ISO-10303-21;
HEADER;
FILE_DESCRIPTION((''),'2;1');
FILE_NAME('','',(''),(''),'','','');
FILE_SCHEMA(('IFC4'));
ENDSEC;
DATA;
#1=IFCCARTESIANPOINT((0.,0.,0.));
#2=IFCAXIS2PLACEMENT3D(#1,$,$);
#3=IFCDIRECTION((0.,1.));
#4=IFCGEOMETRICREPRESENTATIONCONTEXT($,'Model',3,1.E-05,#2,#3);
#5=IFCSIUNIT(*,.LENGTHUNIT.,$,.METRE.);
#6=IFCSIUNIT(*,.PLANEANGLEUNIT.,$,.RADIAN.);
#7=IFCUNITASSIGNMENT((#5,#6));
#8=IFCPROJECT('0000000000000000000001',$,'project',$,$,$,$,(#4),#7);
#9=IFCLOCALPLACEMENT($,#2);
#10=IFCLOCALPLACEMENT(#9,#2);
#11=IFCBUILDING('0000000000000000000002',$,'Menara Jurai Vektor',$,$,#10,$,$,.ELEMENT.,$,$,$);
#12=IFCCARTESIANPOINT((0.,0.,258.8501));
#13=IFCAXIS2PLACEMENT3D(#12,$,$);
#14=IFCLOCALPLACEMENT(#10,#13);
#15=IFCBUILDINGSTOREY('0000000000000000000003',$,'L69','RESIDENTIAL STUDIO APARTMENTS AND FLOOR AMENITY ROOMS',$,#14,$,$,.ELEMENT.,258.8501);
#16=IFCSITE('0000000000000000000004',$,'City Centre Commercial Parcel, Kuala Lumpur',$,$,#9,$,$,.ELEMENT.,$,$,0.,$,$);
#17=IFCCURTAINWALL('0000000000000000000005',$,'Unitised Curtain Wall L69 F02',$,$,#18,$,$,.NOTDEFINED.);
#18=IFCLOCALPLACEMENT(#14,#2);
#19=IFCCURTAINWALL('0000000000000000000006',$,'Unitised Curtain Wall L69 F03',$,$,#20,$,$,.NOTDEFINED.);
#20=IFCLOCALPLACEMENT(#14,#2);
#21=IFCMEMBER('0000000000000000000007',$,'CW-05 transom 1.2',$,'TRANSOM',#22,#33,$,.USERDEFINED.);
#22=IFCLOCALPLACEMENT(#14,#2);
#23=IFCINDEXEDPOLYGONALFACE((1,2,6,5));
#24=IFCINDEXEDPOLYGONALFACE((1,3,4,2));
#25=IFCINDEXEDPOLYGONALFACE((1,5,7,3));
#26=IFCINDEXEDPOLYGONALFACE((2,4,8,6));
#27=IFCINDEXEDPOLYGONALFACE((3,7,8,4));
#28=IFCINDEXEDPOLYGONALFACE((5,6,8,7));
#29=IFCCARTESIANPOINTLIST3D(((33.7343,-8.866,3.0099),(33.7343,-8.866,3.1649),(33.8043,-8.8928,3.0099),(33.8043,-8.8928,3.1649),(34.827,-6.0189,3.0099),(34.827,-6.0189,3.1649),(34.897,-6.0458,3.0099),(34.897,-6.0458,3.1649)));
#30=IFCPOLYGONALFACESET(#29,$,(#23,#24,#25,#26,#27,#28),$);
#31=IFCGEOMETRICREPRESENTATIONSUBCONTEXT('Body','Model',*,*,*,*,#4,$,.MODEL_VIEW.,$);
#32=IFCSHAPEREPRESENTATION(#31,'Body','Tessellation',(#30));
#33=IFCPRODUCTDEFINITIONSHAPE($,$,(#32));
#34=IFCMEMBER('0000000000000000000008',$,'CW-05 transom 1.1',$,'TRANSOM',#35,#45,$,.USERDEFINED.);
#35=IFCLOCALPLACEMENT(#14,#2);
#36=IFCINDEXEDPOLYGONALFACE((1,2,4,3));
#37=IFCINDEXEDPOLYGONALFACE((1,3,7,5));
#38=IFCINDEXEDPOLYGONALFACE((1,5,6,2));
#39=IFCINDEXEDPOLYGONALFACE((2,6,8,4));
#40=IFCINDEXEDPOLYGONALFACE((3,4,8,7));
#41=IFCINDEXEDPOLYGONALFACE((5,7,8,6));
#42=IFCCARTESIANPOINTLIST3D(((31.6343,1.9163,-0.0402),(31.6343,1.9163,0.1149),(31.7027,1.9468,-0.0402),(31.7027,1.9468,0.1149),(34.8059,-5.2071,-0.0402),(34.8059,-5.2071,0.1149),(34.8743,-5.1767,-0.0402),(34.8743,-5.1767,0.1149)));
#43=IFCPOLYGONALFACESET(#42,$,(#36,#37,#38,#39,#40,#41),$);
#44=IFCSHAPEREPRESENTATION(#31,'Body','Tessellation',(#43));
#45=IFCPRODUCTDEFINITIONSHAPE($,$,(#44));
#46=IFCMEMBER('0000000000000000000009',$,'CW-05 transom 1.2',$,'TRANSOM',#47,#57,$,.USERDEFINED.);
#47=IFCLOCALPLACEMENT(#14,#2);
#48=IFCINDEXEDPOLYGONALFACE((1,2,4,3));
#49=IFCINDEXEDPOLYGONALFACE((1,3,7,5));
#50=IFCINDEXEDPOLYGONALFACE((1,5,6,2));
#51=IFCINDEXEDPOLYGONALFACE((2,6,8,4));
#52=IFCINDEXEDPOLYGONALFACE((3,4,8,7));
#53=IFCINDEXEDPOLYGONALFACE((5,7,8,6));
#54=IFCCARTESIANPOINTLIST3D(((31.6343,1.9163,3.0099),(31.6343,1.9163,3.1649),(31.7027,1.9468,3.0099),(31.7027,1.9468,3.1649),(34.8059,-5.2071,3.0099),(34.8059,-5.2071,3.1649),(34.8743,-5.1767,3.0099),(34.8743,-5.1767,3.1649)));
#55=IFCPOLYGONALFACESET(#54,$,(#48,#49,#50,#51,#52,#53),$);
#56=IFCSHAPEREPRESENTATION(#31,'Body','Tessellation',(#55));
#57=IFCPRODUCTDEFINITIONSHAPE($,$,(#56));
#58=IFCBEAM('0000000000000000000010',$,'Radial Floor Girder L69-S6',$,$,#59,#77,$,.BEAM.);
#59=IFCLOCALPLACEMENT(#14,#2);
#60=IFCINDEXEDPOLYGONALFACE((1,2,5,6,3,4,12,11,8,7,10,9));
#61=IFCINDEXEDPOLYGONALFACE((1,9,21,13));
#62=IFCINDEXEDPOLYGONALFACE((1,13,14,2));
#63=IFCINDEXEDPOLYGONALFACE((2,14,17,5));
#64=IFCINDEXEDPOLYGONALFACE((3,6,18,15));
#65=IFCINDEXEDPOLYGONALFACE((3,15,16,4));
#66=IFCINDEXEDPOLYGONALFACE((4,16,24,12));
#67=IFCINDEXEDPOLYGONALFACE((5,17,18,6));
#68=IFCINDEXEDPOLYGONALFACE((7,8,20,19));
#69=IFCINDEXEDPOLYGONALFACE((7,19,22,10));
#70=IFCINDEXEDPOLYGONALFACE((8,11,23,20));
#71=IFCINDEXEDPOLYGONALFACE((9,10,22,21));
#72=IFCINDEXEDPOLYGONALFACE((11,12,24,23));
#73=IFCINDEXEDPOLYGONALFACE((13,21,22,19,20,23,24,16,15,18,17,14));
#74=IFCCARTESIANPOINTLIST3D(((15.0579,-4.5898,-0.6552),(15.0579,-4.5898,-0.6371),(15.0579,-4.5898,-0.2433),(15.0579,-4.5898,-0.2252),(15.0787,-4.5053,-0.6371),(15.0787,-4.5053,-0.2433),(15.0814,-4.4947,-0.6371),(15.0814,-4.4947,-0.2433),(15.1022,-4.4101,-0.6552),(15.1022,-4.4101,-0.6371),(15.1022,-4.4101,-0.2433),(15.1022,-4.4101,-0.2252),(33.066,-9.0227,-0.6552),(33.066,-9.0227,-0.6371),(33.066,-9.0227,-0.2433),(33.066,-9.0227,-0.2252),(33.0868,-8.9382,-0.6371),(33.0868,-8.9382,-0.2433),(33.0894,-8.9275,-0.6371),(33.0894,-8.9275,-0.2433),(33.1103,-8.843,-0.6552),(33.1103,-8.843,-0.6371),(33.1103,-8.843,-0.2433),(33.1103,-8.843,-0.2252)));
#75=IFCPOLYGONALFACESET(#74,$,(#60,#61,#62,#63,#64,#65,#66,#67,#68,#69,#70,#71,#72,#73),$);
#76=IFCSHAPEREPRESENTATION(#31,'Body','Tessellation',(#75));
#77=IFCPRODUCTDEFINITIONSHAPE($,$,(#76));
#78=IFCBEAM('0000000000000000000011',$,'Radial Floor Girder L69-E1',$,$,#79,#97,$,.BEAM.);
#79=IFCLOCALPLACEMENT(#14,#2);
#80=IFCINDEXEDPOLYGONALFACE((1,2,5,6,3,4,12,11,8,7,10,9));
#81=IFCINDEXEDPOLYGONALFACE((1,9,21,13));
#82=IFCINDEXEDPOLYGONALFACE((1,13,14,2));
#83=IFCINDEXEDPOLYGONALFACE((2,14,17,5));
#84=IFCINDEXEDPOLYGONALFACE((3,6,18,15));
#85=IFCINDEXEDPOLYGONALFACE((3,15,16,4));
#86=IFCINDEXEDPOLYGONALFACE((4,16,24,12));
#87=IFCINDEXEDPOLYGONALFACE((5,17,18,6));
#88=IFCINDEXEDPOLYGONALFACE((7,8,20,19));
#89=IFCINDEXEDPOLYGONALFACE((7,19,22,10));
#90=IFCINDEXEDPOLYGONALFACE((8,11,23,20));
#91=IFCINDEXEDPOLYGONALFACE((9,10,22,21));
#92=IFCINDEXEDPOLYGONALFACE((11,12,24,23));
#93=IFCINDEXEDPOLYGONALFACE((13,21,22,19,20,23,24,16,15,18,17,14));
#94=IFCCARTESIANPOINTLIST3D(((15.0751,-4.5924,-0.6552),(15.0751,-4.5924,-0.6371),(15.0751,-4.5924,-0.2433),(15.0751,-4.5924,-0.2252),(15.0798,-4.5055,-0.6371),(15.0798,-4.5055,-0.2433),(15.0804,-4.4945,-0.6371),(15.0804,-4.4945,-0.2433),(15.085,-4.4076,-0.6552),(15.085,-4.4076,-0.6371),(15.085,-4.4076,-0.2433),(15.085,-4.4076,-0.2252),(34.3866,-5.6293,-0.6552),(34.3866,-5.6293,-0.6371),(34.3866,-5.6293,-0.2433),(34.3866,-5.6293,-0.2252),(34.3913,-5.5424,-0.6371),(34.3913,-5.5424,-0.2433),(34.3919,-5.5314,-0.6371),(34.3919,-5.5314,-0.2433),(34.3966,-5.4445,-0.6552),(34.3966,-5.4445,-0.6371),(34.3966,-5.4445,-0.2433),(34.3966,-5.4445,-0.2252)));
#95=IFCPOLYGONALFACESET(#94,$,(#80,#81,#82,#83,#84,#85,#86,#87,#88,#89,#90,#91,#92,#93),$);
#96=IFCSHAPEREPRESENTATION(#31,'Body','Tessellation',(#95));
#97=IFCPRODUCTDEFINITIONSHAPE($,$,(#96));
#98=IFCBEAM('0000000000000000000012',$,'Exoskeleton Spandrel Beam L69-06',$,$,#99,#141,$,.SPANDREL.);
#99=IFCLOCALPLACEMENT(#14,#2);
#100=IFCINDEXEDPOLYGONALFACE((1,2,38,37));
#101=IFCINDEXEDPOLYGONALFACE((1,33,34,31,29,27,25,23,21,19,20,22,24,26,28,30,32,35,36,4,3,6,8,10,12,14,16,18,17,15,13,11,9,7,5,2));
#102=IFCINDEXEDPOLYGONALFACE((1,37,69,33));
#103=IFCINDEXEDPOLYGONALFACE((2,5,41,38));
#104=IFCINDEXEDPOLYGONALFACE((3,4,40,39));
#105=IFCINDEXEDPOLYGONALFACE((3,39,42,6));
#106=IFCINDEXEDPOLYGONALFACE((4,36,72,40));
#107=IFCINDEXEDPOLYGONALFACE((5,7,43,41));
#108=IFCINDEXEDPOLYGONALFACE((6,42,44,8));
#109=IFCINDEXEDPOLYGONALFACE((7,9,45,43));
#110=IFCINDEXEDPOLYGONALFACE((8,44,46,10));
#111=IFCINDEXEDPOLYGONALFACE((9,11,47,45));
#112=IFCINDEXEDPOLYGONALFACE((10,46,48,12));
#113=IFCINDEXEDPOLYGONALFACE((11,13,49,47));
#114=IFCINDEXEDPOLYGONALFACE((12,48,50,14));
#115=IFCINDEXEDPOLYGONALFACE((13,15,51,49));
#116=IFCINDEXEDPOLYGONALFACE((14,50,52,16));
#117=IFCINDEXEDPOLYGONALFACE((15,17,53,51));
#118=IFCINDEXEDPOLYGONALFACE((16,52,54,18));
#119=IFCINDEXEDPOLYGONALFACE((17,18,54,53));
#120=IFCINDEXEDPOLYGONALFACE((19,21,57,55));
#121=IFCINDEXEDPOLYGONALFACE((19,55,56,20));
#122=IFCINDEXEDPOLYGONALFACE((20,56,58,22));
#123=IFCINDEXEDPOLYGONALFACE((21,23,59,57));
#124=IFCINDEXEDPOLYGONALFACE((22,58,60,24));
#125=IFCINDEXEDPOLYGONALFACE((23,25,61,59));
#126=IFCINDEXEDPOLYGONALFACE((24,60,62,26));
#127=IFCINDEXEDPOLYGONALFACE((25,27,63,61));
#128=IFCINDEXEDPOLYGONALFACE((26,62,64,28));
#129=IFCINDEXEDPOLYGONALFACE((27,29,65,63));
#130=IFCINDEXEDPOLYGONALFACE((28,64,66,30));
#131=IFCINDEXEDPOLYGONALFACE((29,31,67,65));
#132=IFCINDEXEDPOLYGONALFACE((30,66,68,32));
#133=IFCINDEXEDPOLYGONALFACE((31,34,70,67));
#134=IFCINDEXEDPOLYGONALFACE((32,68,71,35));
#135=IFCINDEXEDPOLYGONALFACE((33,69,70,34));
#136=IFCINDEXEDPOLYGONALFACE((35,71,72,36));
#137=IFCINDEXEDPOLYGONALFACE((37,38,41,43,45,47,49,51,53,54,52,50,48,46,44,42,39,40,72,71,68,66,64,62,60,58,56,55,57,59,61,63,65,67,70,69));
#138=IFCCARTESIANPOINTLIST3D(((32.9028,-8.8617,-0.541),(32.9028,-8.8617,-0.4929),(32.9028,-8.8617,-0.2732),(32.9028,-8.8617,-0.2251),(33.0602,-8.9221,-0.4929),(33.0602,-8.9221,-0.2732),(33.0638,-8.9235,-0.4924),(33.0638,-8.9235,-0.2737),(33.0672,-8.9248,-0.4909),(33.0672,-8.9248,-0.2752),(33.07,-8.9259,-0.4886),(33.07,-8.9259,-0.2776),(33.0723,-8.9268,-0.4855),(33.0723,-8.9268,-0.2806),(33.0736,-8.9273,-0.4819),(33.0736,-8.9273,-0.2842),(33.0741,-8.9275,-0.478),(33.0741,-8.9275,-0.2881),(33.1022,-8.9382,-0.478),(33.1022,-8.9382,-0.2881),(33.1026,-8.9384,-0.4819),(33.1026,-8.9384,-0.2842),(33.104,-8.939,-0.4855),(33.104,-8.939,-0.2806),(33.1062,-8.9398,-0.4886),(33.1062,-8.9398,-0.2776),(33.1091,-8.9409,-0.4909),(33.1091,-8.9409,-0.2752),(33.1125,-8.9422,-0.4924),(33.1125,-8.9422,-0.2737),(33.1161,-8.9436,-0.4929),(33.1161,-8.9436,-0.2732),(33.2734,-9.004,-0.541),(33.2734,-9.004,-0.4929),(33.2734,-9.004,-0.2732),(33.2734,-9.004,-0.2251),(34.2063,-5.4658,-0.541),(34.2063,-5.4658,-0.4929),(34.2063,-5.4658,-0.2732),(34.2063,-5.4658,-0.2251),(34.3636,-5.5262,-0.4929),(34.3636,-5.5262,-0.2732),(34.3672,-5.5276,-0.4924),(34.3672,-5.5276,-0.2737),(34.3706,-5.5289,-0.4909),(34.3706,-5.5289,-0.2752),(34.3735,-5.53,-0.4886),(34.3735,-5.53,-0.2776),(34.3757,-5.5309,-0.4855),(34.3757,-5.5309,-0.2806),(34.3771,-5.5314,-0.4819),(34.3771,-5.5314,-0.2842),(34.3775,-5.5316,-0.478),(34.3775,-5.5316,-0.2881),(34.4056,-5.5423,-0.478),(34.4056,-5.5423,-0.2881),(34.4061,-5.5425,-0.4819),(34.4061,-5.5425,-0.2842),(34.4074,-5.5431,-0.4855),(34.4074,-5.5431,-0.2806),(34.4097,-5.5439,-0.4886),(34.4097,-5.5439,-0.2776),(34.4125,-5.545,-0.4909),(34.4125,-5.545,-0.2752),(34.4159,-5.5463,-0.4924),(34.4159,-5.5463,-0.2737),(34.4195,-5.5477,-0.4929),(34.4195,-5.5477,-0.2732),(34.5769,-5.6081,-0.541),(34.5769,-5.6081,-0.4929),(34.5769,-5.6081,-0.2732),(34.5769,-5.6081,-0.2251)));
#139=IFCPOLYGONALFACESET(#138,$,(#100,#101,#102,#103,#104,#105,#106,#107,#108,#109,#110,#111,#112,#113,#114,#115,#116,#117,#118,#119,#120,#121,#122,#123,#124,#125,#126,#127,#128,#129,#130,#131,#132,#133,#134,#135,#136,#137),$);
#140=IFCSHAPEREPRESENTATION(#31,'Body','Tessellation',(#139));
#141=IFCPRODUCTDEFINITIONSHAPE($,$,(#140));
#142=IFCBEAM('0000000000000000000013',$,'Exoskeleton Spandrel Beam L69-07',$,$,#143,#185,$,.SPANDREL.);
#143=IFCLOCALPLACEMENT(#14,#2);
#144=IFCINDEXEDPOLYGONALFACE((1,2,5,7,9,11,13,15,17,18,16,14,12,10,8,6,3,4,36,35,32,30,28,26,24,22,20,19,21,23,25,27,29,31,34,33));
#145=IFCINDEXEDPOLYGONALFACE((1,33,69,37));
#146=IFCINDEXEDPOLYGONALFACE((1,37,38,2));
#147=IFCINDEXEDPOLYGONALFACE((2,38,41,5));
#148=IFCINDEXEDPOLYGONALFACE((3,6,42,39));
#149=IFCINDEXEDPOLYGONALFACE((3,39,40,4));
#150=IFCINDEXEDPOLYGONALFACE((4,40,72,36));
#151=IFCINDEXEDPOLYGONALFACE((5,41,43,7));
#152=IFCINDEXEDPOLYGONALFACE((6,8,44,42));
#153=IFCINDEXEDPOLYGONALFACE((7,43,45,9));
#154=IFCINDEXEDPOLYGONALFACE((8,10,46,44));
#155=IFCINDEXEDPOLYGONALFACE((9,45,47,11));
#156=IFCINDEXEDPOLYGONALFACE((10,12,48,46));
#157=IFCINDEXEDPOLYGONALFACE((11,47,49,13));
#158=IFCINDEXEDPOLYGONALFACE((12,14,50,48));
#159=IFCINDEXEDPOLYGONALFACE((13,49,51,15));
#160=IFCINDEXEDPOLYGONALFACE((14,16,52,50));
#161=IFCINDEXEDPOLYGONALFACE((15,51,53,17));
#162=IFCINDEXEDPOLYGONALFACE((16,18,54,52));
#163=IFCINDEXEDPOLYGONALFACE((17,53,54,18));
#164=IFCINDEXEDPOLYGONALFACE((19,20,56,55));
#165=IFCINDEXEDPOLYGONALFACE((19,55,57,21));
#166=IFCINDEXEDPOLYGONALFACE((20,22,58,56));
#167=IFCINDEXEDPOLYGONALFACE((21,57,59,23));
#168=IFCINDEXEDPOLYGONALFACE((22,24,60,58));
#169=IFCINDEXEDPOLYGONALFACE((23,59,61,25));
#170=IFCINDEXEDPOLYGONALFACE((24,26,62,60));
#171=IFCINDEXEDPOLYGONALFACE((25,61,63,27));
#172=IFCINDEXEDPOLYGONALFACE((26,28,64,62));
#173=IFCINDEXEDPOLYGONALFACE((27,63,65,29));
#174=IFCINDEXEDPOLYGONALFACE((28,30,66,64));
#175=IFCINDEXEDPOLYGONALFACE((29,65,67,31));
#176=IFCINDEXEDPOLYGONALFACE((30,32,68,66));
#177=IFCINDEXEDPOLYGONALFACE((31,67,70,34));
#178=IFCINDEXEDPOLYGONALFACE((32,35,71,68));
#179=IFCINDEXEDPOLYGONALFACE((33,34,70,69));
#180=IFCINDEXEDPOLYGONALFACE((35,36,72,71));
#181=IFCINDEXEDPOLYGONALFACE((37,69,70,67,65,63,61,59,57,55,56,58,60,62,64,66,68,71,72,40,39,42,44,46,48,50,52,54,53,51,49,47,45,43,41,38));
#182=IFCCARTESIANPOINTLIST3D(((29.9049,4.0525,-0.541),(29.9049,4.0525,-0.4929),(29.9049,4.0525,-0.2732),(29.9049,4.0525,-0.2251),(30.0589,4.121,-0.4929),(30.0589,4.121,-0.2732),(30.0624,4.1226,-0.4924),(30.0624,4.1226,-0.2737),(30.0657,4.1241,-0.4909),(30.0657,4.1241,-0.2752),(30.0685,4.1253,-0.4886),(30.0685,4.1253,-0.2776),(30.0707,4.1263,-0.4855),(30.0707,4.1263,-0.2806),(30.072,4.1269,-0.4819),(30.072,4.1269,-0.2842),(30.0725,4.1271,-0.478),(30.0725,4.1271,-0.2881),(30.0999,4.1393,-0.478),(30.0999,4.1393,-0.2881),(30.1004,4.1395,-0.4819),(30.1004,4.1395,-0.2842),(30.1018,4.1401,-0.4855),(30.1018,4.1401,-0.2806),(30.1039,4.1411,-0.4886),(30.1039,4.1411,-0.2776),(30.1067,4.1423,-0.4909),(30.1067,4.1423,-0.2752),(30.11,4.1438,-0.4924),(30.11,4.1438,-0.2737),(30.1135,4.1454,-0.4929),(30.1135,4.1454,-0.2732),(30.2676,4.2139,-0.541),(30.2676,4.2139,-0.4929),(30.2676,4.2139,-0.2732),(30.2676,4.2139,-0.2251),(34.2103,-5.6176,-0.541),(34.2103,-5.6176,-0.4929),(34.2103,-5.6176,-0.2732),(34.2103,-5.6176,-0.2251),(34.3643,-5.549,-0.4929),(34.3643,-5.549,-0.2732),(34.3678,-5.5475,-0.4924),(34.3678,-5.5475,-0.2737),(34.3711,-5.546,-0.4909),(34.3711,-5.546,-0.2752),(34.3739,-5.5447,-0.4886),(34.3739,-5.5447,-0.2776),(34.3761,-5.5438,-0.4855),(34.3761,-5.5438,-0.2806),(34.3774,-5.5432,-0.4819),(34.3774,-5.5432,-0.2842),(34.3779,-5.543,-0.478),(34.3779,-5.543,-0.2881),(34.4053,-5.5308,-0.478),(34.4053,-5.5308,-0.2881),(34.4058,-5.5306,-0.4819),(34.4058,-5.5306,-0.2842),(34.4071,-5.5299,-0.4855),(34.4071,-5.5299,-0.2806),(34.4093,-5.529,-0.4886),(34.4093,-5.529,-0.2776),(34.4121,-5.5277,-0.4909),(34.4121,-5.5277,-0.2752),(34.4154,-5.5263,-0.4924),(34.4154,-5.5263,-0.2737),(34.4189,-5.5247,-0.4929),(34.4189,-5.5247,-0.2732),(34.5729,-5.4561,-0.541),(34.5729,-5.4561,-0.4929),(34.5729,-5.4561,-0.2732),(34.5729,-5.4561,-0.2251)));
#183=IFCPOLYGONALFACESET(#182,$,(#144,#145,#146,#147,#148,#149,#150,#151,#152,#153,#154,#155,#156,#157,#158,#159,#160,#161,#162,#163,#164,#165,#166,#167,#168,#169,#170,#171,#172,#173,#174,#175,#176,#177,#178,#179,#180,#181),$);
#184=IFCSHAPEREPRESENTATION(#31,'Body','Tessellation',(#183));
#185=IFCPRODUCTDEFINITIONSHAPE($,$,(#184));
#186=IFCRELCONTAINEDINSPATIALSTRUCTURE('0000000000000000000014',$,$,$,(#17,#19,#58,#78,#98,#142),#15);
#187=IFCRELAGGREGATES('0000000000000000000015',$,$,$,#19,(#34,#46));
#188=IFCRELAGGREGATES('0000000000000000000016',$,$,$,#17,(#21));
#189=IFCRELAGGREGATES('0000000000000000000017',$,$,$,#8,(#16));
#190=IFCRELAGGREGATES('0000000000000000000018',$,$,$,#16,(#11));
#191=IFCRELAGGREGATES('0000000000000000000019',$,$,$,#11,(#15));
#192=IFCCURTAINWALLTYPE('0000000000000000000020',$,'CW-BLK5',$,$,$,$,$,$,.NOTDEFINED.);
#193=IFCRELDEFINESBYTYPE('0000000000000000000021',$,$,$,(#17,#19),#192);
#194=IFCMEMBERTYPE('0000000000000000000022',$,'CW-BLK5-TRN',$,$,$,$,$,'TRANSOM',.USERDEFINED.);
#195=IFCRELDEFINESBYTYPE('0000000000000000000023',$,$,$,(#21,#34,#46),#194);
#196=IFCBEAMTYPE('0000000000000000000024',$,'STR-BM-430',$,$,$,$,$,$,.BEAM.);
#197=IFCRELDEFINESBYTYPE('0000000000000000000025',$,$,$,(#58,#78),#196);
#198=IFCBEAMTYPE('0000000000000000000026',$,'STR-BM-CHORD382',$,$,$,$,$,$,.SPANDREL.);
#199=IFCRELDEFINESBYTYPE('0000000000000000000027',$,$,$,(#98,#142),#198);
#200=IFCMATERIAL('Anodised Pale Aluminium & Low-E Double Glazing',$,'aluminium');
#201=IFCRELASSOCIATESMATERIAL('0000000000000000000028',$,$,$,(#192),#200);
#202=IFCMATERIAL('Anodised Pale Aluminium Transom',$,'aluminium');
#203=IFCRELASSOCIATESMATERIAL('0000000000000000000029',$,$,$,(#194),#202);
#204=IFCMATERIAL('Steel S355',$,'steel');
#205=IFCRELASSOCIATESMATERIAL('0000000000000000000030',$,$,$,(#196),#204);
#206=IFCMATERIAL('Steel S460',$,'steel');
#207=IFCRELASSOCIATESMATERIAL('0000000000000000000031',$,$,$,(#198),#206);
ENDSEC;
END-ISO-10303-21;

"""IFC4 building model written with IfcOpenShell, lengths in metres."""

from ifc_helpers import new_model, si_unit, direction, frame, origin, origin_2d, place, context, subcontext, project, spatial, rectangle, i_section, extrude, material, material_profile, profile_set, type_object, element, aggregate, save


model = new_model("IFC4")

# Units and contexts
model_context = context("Model", 3, precision=1e-05, world=origin(), true_north=direction((0.0, 1.0)))
body_context = subcontext(model_context, "Body", "Model", "MODEL_VIEW")
ifc_project = project(units=[si_unit("LENGTHUNIT", "METRE"), si_unit("PLANEANGLEUNIT", "RADIAN")], contexts=[model_context])

# Site, building, storey
site_placement = place(None, origin())
site = spatial("IfcSite", under=ifc_project, at=site_placement, Name="City Centre Commercial Parcel, Kuala Lumpur", CompositionType="ELEMENT", RefElevation=0.0)
building_placement = place(site_placement, origin())
building = spatial("IfcBuilding", under=site, at=building_placement, Name="Menara Jurai Vektor", CompositionType="ELEMENT")
storey_placement = place(building_placement, frame((0.0, 0.0, 258.8501)))
storey = spatial("IfcBuildingStorey", under=building, at=storey_placement, Name="L69", Description="RESIDENTIAL STUDIO APARTMENTS AND FLOOR AMENITY ROOMS", CompositionType="ELEMENT", Elevation=258.8501)

# Shared definitions
ifc_material_1 = material(Name="Steel S460", Category="steel")

# Shared definitions
ifc_material_2 = material(Name="Anodised Pale Aluminium & Low-E Double Glazing", Category="aluminium")
curtain_wall_type = type_object("IfcCurtainWallType", Name="CW-BLK5", PredefinedType="NOTDEFINED", material=ifc_material_2)

# Curtain wall
curtain_wall_1_placement = place(storey_placement, origin())
curtain_wall_1 = element("IfcCurtainWall", 1, at=curtain_wall_1_placement, inside=storey, type_object=curtain_wall_type, Name="Unitised Curtain Wall L69 F02", PredefinedType="NOTDEFINED")

# Curtain wall
curtain_wall_2_placement = place(storey_placement, origin())
curtain_wall_2 = element("IfcCurtainWall", 2, at=curtain_wall_2_placement, inside=storey, type_object=curtain_wall_type, Name="Unitised Curtain Wall L69 F03", PredefinedType="NOTDEFINED")

# Members
ifc_material_3 = material(Name="Anodised Pale Aluminium Transom", Category="aluminium")
ifc_material_profile_1 = material_profile(ifc_material_3, rectangle(XDim=0.075, YDim=0.155, at=origin_2d()), Name="ALU TRN 75x155")
ifc_profile_set_1 = profile_set([ifc_material_profile_1], Name="Anodised Pale Aluminium Transom")
member_type_1 = type_object("IfcMemberType", Name="CW-BLK5-TRN", ElementType="TRANSOM", PredefinedType="USERDEFINED", material=ifc_profile_set_1)
member_1_placement = place(storey_placement, frame((33.7693, -8.8794, 3.0874), z_axis=(0.358325, 0.933597, 0.0), x_axis=(-0.933597, 0.358325, 0.0)))
member_1 = element("IfcMember", 3, at=member_1_placement, type_object=member_type_1, Name="CW-05 transom 1.2", ObjectType="TRANSOM", PredefinedType="USERDEFINED", context=body_context, shape_type="SweptSolid", body=[
    extrude(rectangle(XDim=0.075, YDim=0.155, at=origin_2d()), origin(), (0.0, 0.0, 1.0), 3.0496),
])
member_2_placement = place(storey_placement, frame((34.8401, -5.1919, 0.0374), z_axis=(-0.40674, 0.913544, 0.0), x_axis=(-0.913544, -0.40674, 0.0)))
member_2 = element("IfcMember", 4, at=member_2_placement, type_object=member_type_1, Name="CW-05 transom 1.1", ObjectType="TRANSOM", PredefinedType="USERDEFINED", context=body_context, shape_type="SweptSolid", body=[
    extrude(rectangle(XDim=0.075, YDim=0.155, at=origin_2d()), origin(), (0.0, 0.0, 1.0), 7.7976),
])
member_3_placement = place(storey_placement, frame((34.8401, -5.1919, 3.0874), z_axis=(-0.40674, 0.913544, 0.0), x_axis=(-0.913544, -0.40674, 0.0)))
member_3 = element("IfcMember", 5, at=member_3_placement, type_object=member_type_1, Name="CW-05 transom 1.2", ObjectType="TRANSOM", PredefinedType="USERDEFINED", context=body_context, shape_type="SweptSolid", body=[
    extrude(rectangle(XDim=0.075, YDim=0.155, at=origin_2d()), origin(), (0.0, 0.0, 1.0), 7.7976),
])

# Beams
ifc_material_4 = material(Name="Steel S355", Category="steel")
ifc_material_profile_2 = material_profile(ifc_material_4, i_section(OverallWidth=0.1851, OverallDepth=0.4299, WebThickness=0.011, FlangeThickness=0.0181, at=origin_2d()), Name="PG 430x185x76")
ifc_profile_set_2 = profile_set([ifc_material_profile_2], Name="Steel S355")
beam_type_1 = type_object("IfcBeamType", Name="STR-BM-430", PredefinedType="BEAM", material=ifc_profile_set_2)
beam_1_placement = place(storey_placement, frame((33.0881, -8.9329, -0.4402), z_axis=(-0.971014, 0.239025, 0.0), x_axis=(-0.239025, -0.971014, 0.0)))
element("IfcBeam", 6, at=beam_1_placement, inside=storey, type_object=beam_type_1, Name="Radial Floor Girder L69-S6", PredefinedType="BEAM", context=body_context, shape_type="SweptSolid", body=[
    extrude(i_section(OverallWidth=0.1851, OverallDepth=0.4299, WebThickness=0.011, FlangeThickness=0.0181, at=origin_2d()), origin(), (0.0, 0.0, 1.0), 18.5457),
])
beam_2_placement = place(storey_placement, frame((34.3916, -5.5369, -0.4402), z_axis=(-0.998562, 0.053614, 0.0), x_axis=(-0.053614, -0.998562, 0.0)))
element("IfcBeam", 7, at=beam_2_placement, inside=storey, type_object=beam_type_1, Name="Radial Floor Girder L69-E1", PredefinedType="BEAM", context=body_context, shape_type="SweptSolid", body=[
    extrude(i_section(OverallWidth=0.1851, OverallDepth=0.4299, WebThickness=0.011, FlangeThickness=0.0181, at=origin_2d()), origin(), (0.0, 0.0, 1.0), 19.3394),
])
ifc_material_profile_3 = material_profile(ifc_material_1, i_section(OverallWidth=0.397, OverallDepth=0.3159, WebThickness=0.03, FlangeThickness=0.0481, FilletRadius=0.0149, at=origin_2d()), Name="HD 400x382")
ifc_profile_set_3 = profile_set([ifc_material_profile_3], Name="Steel S460")
beam_type_2 = type_object("IfcBeamType", Name="STR-BM-CHORD382", PredefinedType="SPANDREL", material=ifc_profile_set_3)
beam_3_placement = place(storey_placement, frame((33.0881, -8.9329, -0.3831), z_axis=(0.358336, 0.933593, 0.0), x_axis=(-0.933593, 0.358336, 0.0)))
element("IfcBeam", 8, at=beam_3_placement, inside=storey, type_object=beam_type_2, Name="Exoskeleton Spandrel Beam L69-06", PredefinedType="SPANDREL", context=body_context, shape_type="SweptSolid", body=[
    extrude(i_section(OverallWidth=0.397, OverallDepth=0.3159, WebThickness=0.03, FlangeThickness=0.0481, FilletRadius=0.0149, at=origin_2d()), origin(), (0.0, 0.0, 1.0), 3.6375),
])
beam_4_placement = place(storey_placement, frame((34.3916, -5.5369, -0.3831), z_axis=(-0.406735, 0.913546, 0.0), x_axis=(-0.913546, -0.406735, 0.0)))
element("IfcBeam", 9, at=beam_4_placement, inside=storey, type_object=beam_type_2, Name="Exoskeleton Spandrel Beam L69-07", PredefinedType="SPANDREL", context=body_context, shape_type="SweptSolid", body=[
    extrude(i_section(OverallWidth=0.397, OverallDepth=0.3159, WebThickness=0.03, FlangeThickness=0.0481, FilletRadius=0.0149, at=origin_2d()), origin(), (0.0, 0.0, 1.0), 10.5852),
])

aggregate(curtain_wall_2, [member_2, member_3])
aggregate(curtain_wall_1, [member_1])

save(model, "model.ifc")
